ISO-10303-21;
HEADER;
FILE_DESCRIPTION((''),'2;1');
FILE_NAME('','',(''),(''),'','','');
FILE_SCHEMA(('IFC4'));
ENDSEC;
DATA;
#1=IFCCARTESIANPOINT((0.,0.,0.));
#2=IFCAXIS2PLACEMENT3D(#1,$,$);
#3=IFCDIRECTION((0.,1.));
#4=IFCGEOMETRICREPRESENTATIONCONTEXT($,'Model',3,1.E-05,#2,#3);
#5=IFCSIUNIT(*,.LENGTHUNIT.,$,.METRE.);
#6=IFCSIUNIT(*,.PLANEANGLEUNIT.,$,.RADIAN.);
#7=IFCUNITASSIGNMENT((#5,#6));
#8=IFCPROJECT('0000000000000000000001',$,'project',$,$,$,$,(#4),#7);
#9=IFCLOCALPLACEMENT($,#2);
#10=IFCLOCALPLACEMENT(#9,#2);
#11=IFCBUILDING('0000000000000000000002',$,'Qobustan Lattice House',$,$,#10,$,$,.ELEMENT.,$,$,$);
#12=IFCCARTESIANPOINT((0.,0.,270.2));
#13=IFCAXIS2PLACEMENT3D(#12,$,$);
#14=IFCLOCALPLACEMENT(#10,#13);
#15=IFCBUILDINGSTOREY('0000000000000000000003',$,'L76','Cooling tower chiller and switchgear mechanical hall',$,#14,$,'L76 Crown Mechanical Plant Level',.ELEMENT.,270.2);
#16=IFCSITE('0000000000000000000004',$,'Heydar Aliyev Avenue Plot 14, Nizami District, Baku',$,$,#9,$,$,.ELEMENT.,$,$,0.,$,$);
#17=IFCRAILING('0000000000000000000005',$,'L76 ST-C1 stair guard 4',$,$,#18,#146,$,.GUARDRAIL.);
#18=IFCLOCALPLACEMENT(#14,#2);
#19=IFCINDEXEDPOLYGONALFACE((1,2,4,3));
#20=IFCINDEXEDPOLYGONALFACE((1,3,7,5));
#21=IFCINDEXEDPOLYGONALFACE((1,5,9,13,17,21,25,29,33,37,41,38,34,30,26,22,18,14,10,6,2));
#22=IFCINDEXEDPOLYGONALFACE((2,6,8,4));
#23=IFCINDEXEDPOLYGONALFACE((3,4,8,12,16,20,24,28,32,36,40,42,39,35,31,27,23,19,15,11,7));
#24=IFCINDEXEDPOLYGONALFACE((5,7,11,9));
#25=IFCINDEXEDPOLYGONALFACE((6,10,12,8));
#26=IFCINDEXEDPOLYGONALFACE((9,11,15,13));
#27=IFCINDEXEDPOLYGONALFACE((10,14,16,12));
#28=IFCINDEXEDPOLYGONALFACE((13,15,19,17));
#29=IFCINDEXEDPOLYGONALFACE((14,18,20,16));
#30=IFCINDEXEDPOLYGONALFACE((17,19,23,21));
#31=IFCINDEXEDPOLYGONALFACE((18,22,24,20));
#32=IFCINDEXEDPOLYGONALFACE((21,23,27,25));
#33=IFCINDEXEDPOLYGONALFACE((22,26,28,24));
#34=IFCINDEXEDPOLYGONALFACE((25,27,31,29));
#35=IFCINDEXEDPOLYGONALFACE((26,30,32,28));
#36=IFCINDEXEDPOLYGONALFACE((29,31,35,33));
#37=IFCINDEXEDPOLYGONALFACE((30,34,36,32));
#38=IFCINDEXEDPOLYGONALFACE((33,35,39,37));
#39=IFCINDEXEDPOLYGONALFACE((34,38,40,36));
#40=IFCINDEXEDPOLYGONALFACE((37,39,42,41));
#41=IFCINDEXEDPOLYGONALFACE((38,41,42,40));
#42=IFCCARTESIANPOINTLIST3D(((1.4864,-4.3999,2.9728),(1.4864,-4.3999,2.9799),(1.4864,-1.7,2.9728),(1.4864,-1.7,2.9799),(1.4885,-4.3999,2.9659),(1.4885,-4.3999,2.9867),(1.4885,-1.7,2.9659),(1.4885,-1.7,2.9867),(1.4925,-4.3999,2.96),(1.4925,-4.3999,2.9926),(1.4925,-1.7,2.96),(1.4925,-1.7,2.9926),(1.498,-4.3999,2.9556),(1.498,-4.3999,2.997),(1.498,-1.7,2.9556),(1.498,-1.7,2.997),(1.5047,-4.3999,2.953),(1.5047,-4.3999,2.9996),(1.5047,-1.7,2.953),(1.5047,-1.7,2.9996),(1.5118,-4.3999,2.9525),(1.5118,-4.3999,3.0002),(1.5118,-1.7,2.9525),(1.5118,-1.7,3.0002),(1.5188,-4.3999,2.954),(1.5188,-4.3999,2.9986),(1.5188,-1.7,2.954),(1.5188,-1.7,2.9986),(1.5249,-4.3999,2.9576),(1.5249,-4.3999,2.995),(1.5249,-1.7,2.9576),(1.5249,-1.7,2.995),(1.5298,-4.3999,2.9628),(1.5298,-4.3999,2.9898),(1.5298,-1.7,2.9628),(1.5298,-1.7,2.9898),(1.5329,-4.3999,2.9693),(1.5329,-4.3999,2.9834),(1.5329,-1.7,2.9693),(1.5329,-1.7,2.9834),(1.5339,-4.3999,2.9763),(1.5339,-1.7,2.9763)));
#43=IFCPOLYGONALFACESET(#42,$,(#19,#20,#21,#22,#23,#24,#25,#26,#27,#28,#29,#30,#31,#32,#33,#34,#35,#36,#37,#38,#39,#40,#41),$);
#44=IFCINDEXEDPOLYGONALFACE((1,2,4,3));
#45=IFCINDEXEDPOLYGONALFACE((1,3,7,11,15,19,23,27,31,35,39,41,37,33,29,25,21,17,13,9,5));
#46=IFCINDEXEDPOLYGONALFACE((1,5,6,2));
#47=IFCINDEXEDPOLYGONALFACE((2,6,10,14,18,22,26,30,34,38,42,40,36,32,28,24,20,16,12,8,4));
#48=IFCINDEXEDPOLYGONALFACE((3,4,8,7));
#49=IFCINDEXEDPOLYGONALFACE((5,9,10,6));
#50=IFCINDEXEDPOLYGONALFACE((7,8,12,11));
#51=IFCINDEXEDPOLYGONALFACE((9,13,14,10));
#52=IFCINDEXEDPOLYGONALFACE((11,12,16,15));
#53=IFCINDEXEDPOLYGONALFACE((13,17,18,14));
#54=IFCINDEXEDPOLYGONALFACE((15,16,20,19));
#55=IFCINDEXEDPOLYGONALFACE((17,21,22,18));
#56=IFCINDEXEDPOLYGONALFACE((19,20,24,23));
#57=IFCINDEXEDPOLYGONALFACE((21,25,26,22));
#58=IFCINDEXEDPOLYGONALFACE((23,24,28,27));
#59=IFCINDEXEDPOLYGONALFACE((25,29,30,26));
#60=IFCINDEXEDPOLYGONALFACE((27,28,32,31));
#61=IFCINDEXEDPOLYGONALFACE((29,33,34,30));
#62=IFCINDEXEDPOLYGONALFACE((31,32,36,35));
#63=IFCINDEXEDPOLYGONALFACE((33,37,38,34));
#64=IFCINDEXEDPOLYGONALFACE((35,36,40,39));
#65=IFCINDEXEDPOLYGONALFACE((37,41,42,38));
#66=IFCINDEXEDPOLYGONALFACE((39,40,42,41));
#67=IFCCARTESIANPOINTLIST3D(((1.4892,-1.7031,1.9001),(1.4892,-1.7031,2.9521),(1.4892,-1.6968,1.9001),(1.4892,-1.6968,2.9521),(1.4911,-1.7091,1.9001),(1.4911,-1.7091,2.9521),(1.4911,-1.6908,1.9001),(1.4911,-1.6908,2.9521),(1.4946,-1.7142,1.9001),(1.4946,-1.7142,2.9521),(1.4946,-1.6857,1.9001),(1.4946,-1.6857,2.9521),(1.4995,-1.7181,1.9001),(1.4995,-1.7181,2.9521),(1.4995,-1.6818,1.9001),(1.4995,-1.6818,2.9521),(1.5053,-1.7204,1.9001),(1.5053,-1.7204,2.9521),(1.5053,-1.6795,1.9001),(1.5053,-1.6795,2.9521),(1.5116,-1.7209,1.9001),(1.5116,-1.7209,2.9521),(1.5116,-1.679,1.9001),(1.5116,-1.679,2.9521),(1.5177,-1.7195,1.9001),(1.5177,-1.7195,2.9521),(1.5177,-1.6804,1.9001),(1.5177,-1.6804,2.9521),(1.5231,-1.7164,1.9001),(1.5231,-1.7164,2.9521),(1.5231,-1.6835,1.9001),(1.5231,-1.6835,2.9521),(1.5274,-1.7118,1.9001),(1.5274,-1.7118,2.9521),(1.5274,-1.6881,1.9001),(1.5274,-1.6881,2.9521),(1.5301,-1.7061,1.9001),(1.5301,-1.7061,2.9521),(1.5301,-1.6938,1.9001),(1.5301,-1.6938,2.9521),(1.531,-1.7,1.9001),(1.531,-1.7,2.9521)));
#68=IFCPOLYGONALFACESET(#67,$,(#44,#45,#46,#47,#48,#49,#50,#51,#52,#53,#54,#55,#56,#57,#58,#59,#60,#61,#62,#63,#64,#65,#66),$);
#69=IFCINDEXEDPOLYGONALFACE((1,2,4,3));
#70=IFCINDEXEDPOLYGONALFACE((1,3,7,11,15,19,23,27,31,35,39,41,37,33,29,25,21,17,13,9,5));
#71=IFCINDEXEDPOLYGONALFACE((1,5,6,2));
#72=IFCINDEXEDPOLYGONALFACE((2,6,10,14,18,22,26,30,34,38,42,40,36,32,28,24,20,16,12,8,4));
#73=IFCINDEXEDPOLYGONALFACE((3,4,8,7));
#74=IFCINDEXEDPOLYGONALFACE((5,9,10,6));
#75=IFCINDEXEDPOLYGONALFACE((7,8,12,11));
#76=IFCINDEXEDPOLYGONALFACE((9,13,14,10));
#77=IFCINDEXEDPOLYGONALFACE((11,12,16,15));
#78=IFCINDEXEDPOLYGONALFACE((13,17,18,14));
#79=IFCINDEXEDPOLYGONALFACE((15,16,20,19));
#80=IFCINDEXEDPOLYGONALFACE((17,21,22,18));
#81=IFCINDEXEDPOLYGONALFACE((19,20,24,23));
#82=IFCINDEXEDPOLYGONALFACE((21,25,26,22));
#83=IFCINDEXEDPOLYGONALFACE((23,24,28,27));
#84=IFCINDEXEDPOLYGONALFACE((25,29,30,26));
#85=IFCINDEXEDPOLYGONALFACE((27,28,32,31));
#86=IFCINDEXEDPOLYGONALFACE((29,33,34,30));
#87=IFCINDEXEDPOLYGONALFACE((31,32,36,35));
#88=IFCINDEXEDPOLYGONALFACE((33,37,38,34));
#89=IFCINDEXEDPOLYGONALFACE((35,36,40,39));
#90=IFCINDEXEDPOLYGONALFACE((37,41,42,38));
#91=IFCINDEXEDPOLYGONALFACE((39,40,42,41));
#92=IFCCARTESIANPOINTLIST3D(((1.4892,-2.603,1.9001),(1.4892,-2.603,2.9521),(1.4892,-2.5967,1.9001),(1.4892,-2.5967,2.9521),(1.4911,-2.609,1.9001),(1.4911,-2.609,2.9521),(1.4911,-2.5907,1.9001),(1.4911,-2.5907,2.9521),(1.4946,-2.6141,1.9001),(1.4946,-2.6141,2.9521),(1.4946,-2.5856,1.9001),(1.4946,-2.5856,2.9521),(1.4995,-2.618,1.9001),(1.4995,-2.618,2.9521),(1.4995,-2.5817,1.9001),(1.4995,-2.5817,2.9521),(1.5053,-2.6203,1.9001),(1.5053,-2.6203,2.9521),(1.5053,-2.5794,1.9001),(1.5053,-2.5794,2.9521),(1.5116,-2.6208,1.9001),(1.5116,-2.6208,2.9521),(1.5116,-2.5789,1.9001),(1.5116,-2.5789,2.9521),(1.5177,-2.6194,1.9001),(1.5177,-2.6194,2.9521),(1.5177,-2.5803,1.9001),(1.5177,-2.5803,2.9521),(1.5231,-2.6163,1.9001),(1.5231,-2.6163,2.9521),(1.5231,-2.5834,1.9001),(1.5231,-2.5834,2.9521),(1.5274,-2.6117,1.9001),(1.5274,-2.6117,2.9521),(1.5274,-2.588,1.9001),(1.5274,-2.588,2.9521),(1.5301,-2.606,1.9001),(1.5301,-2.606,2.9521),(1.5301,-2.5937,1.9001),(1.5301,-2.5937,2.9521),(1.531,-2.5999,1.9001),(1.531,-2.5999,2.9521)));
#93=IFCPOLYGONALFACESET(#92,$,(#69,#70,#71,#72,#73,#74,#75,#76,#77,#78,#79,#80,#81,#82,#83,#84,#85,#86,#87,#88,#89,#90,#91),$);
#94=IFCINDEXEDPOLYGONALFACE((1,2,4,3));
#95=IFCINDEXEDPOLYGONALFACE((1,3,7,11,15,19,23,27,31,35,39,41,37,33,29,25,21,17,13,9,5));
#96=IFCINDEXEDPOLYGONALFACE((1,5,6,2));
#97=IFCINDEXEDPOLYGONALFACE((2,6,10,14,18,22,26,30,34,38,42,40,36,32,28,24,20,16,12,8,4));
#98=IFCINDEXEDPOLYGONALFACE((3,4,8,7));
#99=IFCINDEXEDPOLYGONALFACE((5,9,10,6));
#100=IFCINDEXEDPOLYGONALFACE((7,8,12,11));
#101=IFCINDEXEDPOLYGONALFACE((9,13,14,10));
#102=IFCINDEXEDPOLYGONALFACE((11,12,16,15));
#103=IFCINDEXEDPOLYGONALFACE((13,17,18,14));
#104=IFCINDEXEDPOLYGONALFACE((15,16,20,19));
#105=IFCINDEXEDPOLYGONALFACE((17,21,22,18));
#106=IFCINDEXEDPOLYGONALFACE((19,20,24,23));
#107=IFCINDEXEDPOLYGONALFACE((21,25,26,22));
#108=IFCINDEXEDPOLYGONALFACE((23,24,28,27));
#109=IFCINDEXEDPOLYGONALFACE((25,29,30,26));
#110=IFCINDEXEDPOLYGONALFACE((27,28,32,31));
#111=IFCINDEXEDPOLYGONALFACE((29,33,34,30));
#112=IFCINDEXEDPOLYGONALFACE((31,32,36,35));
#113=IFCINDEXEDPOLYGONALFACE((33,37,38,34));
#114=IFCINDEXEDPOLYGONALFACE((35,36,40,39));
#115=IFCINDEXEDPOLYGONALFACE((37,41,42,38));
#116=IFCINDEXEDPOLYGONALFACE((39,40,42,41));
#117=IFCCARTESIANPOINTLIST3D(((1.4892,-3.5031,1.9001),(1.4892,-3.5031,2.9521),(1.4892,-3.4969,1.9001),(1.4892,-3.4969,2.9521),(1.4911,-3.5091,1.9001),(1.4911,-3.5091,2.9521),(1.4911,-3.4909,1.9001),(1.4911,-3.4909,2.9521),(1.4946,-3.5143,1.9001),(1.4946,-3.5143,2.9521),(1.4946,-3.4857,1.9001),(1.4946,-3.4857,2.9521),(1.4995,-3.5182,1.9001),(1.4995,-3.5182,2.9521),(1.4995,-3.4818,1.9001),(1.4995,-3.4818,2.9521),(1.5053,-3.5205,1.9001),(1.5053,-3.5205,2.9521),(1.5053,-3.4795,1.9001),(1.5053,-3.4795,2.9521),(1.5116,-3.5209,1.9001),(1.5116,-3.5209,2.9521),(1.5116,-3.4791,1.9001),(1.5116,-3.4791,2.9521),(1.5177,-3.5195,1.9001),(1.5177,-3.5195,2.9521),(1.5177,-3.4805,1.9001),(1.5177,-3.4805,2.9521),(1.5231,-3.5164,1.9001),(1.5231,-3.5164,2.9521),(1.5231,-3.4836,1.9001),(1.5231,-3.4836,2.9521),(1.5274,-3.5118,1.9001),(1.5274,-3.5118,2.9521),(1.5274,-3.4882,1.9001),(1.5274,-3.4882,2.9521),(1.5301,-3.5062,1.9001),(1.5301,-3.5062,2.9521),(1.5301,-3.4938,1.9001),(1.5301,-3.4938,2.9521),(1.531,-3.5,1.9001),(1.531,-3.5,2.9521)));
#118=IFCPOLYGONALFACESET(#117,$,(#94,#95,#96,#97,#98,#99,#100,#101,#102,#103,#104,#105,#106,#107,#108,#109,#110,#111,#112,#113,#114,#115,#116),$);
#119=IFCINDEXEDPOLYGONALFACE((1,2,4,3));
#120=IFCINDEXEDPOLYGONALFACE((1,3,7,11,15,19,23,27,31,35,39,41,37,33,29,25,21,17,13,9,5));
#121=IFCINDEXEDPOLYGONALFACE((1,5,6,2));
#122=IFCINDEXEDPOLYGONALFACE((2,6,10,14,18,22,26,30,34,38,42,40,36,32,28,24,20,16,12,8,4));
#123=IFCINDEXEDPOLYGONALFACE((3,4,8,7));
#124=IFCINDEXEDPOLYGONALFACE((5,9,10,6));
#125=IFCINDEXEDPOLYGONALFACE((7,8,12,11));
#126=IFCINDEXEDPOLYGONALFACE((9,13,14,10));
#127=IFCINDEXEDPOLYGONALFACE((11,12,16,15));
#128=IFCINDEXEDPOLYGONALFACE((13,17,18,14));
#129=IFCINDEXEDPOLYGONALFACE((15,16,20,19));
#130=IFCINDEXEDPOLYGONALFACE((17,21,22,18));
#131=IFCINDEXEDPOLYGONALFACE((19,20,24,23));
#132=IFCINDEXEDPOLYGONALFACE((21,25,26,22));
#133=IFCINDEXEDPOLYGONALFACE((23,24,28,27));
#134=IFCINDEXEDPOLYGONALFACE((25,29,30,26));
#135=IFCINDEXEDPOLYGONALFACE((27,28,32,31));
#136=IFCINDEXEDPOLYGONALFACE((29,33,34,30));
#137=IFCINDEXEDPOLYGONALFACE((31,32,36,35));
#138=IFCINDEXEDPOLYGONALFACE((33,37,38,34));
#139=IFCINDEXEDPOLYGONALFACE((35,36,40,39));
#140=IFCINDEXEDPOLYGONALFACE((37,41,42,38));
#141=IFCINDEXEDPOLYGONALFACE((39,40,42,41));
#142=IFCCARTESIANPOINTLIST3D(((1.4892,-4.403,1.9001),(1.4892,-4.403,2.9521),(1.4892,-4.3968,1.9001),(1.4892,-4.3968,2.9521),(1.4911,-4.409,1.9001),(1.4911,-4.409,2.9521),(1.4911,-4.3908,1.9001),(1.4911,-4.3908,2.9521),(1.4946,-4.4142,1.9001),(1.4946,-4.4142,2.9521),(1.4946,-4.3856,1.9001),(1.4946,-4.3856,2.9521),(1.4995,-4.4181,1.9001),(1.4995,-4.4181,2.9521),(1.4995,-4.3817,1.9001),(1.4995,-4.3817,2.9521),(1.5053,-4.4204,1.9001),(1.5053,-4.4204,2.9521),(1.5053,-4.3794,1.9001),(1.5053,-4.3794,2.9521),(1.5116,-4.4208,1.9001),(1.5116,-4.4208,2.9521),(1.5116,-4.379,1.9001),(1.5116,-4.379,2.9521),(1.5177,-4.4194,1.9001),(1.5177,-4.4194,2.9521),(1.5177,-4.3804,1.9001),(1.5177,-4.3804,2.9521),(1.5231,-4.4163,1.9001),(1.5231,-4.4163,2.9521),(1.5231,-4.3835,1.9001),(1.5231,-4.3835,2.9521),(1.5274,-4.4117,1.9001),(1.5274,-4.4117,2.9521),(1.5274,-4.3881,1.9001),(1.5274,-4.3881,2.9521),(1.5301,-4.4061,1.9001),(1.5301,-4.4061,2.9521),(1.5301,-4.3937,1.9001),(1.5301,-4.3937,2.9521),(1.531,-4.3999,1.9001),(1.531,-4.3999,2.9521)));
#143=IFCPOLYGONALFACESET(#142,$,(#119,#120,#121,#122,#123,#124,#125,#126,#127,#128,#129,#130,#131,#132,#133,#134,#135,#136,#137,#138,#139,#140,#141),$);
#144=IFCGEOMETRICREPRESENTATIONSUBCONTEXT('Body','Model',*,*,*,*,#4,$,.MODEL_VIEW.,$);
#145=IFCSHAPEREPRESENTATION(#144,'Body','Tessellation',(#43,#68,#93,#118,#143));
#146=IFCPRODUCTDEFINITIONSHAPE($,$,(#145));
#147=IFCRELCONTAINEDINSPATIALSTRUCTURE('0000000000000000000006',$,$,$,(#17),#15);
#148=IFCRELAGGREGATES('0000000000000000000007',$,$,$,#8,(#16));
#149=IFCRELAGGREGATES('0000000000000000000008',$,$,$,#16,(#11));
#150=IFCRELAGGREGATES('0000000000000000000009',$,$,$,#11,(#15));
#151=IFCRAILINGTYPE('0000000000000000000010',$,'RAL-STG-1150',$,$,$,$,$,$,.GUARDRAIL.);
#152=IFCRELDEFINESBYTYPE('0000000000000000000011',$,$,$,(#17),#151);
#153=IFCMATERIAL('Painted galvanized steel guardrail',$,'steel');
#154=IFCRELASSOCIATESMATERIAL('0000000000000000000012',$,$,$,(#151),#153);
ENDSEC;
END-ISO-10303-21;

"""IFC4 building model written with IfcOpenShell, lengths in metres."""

from ifc_helpers import new_model, si_unit, direction, frame, origin, origin_2d, place, context, subcontext, project, spatial, circle, extrude, material, type_object, element, save


model = new_model("IFC4")

# Units and contexts
model_context = context("Model", 3, precision=1e-05, world=origin(), true_north=direction((0.0, 1.0)))
body_context = subcontext(model_context, "Body", "Model", "MODEL_VIEW")
ifc_project = project(units=[si_unit("LENGTHUNIT", "METRE"), si_unit("PLANEANGLEUNIT", "RADIAN")], contexts=[model_context])

# Site, building, storey
site_placement = place(None, origin())
site = spatial("IfcSite", under=ifc_project, at=site_placement, Name="Heydar Aliyev Avenue Plot 14, Nizami District, Baku", CompositionType="ELEMENT", RefElevation=0.0)
building_placement = place(site_placement, origin())
building = spatial("IfcBuilding", under=site, at=building_placement, Name="Qobustan Lattice House", CompositionType="ELEMENT")
storey_placement = place(building_placement, frame((0.0, 0.0, 270.2)))
storey = spatial("IfcBuildingStorey", under=building, at=storey_placement, Name="L76", Description="Cooling tower chiller and switchgear mechanical hall", LongName="L76 Crown Mechanical Plant Level", CompositionType="ELEMENT", Elevation=270.2)

# Railing
ifc_material_1 = material(Name="Painted galvanized steel guardrail", Category="steel")
railing_type_1 = type_object("IfcRailingType", Name="RAL-STG-1150", PredefinedType="GUARDRAIL", material=ifc_material_1)
railing_1_placement = place(storey_placement, frame((1.51, -1.7, 1.9001)))
element("IfcRailing", 1, at=railing_1_placement, inside=storey, type_object=railing_type_1, Name="L76 ST-C1 stair guard 4", PredefinedType="GUARDRAIL", context=body_context, shape_type="SweptSolid", body=[
    extrude(circle(Radius=0.0239, at=origin_2d()), frame((0.0, 0.0, 1.0762), z_axis=(0.0, -1.0, 0.0), x_axis=(1.0, 0.0, 0.0)), (0.0, 0.0, 1.0), 2.7),
    extrude(circle(Radius=0.021, at=origin_2d()), origin(), (0.0, 0.0, 1.0), 1.052),
    extrude(circle(Radius=0.021, at=origin_2d()), frame((0.0, -0.8999, 0.0)), (0.0, 0.0, 1.0), 1.052),
    extrude(circle(Radius=0.021, at=origin_2d()), frame((0.0, -1.8, 0.0)), (0.0, 0.0, 1.0), 1.052),
    extrude(circle(Radius=0.021, at=origin_2d()), frame((0.0, -2.7, 0.0)), (0.0, 0.0, 1.0), 1.052),
])

save(model, "model.ifc")
